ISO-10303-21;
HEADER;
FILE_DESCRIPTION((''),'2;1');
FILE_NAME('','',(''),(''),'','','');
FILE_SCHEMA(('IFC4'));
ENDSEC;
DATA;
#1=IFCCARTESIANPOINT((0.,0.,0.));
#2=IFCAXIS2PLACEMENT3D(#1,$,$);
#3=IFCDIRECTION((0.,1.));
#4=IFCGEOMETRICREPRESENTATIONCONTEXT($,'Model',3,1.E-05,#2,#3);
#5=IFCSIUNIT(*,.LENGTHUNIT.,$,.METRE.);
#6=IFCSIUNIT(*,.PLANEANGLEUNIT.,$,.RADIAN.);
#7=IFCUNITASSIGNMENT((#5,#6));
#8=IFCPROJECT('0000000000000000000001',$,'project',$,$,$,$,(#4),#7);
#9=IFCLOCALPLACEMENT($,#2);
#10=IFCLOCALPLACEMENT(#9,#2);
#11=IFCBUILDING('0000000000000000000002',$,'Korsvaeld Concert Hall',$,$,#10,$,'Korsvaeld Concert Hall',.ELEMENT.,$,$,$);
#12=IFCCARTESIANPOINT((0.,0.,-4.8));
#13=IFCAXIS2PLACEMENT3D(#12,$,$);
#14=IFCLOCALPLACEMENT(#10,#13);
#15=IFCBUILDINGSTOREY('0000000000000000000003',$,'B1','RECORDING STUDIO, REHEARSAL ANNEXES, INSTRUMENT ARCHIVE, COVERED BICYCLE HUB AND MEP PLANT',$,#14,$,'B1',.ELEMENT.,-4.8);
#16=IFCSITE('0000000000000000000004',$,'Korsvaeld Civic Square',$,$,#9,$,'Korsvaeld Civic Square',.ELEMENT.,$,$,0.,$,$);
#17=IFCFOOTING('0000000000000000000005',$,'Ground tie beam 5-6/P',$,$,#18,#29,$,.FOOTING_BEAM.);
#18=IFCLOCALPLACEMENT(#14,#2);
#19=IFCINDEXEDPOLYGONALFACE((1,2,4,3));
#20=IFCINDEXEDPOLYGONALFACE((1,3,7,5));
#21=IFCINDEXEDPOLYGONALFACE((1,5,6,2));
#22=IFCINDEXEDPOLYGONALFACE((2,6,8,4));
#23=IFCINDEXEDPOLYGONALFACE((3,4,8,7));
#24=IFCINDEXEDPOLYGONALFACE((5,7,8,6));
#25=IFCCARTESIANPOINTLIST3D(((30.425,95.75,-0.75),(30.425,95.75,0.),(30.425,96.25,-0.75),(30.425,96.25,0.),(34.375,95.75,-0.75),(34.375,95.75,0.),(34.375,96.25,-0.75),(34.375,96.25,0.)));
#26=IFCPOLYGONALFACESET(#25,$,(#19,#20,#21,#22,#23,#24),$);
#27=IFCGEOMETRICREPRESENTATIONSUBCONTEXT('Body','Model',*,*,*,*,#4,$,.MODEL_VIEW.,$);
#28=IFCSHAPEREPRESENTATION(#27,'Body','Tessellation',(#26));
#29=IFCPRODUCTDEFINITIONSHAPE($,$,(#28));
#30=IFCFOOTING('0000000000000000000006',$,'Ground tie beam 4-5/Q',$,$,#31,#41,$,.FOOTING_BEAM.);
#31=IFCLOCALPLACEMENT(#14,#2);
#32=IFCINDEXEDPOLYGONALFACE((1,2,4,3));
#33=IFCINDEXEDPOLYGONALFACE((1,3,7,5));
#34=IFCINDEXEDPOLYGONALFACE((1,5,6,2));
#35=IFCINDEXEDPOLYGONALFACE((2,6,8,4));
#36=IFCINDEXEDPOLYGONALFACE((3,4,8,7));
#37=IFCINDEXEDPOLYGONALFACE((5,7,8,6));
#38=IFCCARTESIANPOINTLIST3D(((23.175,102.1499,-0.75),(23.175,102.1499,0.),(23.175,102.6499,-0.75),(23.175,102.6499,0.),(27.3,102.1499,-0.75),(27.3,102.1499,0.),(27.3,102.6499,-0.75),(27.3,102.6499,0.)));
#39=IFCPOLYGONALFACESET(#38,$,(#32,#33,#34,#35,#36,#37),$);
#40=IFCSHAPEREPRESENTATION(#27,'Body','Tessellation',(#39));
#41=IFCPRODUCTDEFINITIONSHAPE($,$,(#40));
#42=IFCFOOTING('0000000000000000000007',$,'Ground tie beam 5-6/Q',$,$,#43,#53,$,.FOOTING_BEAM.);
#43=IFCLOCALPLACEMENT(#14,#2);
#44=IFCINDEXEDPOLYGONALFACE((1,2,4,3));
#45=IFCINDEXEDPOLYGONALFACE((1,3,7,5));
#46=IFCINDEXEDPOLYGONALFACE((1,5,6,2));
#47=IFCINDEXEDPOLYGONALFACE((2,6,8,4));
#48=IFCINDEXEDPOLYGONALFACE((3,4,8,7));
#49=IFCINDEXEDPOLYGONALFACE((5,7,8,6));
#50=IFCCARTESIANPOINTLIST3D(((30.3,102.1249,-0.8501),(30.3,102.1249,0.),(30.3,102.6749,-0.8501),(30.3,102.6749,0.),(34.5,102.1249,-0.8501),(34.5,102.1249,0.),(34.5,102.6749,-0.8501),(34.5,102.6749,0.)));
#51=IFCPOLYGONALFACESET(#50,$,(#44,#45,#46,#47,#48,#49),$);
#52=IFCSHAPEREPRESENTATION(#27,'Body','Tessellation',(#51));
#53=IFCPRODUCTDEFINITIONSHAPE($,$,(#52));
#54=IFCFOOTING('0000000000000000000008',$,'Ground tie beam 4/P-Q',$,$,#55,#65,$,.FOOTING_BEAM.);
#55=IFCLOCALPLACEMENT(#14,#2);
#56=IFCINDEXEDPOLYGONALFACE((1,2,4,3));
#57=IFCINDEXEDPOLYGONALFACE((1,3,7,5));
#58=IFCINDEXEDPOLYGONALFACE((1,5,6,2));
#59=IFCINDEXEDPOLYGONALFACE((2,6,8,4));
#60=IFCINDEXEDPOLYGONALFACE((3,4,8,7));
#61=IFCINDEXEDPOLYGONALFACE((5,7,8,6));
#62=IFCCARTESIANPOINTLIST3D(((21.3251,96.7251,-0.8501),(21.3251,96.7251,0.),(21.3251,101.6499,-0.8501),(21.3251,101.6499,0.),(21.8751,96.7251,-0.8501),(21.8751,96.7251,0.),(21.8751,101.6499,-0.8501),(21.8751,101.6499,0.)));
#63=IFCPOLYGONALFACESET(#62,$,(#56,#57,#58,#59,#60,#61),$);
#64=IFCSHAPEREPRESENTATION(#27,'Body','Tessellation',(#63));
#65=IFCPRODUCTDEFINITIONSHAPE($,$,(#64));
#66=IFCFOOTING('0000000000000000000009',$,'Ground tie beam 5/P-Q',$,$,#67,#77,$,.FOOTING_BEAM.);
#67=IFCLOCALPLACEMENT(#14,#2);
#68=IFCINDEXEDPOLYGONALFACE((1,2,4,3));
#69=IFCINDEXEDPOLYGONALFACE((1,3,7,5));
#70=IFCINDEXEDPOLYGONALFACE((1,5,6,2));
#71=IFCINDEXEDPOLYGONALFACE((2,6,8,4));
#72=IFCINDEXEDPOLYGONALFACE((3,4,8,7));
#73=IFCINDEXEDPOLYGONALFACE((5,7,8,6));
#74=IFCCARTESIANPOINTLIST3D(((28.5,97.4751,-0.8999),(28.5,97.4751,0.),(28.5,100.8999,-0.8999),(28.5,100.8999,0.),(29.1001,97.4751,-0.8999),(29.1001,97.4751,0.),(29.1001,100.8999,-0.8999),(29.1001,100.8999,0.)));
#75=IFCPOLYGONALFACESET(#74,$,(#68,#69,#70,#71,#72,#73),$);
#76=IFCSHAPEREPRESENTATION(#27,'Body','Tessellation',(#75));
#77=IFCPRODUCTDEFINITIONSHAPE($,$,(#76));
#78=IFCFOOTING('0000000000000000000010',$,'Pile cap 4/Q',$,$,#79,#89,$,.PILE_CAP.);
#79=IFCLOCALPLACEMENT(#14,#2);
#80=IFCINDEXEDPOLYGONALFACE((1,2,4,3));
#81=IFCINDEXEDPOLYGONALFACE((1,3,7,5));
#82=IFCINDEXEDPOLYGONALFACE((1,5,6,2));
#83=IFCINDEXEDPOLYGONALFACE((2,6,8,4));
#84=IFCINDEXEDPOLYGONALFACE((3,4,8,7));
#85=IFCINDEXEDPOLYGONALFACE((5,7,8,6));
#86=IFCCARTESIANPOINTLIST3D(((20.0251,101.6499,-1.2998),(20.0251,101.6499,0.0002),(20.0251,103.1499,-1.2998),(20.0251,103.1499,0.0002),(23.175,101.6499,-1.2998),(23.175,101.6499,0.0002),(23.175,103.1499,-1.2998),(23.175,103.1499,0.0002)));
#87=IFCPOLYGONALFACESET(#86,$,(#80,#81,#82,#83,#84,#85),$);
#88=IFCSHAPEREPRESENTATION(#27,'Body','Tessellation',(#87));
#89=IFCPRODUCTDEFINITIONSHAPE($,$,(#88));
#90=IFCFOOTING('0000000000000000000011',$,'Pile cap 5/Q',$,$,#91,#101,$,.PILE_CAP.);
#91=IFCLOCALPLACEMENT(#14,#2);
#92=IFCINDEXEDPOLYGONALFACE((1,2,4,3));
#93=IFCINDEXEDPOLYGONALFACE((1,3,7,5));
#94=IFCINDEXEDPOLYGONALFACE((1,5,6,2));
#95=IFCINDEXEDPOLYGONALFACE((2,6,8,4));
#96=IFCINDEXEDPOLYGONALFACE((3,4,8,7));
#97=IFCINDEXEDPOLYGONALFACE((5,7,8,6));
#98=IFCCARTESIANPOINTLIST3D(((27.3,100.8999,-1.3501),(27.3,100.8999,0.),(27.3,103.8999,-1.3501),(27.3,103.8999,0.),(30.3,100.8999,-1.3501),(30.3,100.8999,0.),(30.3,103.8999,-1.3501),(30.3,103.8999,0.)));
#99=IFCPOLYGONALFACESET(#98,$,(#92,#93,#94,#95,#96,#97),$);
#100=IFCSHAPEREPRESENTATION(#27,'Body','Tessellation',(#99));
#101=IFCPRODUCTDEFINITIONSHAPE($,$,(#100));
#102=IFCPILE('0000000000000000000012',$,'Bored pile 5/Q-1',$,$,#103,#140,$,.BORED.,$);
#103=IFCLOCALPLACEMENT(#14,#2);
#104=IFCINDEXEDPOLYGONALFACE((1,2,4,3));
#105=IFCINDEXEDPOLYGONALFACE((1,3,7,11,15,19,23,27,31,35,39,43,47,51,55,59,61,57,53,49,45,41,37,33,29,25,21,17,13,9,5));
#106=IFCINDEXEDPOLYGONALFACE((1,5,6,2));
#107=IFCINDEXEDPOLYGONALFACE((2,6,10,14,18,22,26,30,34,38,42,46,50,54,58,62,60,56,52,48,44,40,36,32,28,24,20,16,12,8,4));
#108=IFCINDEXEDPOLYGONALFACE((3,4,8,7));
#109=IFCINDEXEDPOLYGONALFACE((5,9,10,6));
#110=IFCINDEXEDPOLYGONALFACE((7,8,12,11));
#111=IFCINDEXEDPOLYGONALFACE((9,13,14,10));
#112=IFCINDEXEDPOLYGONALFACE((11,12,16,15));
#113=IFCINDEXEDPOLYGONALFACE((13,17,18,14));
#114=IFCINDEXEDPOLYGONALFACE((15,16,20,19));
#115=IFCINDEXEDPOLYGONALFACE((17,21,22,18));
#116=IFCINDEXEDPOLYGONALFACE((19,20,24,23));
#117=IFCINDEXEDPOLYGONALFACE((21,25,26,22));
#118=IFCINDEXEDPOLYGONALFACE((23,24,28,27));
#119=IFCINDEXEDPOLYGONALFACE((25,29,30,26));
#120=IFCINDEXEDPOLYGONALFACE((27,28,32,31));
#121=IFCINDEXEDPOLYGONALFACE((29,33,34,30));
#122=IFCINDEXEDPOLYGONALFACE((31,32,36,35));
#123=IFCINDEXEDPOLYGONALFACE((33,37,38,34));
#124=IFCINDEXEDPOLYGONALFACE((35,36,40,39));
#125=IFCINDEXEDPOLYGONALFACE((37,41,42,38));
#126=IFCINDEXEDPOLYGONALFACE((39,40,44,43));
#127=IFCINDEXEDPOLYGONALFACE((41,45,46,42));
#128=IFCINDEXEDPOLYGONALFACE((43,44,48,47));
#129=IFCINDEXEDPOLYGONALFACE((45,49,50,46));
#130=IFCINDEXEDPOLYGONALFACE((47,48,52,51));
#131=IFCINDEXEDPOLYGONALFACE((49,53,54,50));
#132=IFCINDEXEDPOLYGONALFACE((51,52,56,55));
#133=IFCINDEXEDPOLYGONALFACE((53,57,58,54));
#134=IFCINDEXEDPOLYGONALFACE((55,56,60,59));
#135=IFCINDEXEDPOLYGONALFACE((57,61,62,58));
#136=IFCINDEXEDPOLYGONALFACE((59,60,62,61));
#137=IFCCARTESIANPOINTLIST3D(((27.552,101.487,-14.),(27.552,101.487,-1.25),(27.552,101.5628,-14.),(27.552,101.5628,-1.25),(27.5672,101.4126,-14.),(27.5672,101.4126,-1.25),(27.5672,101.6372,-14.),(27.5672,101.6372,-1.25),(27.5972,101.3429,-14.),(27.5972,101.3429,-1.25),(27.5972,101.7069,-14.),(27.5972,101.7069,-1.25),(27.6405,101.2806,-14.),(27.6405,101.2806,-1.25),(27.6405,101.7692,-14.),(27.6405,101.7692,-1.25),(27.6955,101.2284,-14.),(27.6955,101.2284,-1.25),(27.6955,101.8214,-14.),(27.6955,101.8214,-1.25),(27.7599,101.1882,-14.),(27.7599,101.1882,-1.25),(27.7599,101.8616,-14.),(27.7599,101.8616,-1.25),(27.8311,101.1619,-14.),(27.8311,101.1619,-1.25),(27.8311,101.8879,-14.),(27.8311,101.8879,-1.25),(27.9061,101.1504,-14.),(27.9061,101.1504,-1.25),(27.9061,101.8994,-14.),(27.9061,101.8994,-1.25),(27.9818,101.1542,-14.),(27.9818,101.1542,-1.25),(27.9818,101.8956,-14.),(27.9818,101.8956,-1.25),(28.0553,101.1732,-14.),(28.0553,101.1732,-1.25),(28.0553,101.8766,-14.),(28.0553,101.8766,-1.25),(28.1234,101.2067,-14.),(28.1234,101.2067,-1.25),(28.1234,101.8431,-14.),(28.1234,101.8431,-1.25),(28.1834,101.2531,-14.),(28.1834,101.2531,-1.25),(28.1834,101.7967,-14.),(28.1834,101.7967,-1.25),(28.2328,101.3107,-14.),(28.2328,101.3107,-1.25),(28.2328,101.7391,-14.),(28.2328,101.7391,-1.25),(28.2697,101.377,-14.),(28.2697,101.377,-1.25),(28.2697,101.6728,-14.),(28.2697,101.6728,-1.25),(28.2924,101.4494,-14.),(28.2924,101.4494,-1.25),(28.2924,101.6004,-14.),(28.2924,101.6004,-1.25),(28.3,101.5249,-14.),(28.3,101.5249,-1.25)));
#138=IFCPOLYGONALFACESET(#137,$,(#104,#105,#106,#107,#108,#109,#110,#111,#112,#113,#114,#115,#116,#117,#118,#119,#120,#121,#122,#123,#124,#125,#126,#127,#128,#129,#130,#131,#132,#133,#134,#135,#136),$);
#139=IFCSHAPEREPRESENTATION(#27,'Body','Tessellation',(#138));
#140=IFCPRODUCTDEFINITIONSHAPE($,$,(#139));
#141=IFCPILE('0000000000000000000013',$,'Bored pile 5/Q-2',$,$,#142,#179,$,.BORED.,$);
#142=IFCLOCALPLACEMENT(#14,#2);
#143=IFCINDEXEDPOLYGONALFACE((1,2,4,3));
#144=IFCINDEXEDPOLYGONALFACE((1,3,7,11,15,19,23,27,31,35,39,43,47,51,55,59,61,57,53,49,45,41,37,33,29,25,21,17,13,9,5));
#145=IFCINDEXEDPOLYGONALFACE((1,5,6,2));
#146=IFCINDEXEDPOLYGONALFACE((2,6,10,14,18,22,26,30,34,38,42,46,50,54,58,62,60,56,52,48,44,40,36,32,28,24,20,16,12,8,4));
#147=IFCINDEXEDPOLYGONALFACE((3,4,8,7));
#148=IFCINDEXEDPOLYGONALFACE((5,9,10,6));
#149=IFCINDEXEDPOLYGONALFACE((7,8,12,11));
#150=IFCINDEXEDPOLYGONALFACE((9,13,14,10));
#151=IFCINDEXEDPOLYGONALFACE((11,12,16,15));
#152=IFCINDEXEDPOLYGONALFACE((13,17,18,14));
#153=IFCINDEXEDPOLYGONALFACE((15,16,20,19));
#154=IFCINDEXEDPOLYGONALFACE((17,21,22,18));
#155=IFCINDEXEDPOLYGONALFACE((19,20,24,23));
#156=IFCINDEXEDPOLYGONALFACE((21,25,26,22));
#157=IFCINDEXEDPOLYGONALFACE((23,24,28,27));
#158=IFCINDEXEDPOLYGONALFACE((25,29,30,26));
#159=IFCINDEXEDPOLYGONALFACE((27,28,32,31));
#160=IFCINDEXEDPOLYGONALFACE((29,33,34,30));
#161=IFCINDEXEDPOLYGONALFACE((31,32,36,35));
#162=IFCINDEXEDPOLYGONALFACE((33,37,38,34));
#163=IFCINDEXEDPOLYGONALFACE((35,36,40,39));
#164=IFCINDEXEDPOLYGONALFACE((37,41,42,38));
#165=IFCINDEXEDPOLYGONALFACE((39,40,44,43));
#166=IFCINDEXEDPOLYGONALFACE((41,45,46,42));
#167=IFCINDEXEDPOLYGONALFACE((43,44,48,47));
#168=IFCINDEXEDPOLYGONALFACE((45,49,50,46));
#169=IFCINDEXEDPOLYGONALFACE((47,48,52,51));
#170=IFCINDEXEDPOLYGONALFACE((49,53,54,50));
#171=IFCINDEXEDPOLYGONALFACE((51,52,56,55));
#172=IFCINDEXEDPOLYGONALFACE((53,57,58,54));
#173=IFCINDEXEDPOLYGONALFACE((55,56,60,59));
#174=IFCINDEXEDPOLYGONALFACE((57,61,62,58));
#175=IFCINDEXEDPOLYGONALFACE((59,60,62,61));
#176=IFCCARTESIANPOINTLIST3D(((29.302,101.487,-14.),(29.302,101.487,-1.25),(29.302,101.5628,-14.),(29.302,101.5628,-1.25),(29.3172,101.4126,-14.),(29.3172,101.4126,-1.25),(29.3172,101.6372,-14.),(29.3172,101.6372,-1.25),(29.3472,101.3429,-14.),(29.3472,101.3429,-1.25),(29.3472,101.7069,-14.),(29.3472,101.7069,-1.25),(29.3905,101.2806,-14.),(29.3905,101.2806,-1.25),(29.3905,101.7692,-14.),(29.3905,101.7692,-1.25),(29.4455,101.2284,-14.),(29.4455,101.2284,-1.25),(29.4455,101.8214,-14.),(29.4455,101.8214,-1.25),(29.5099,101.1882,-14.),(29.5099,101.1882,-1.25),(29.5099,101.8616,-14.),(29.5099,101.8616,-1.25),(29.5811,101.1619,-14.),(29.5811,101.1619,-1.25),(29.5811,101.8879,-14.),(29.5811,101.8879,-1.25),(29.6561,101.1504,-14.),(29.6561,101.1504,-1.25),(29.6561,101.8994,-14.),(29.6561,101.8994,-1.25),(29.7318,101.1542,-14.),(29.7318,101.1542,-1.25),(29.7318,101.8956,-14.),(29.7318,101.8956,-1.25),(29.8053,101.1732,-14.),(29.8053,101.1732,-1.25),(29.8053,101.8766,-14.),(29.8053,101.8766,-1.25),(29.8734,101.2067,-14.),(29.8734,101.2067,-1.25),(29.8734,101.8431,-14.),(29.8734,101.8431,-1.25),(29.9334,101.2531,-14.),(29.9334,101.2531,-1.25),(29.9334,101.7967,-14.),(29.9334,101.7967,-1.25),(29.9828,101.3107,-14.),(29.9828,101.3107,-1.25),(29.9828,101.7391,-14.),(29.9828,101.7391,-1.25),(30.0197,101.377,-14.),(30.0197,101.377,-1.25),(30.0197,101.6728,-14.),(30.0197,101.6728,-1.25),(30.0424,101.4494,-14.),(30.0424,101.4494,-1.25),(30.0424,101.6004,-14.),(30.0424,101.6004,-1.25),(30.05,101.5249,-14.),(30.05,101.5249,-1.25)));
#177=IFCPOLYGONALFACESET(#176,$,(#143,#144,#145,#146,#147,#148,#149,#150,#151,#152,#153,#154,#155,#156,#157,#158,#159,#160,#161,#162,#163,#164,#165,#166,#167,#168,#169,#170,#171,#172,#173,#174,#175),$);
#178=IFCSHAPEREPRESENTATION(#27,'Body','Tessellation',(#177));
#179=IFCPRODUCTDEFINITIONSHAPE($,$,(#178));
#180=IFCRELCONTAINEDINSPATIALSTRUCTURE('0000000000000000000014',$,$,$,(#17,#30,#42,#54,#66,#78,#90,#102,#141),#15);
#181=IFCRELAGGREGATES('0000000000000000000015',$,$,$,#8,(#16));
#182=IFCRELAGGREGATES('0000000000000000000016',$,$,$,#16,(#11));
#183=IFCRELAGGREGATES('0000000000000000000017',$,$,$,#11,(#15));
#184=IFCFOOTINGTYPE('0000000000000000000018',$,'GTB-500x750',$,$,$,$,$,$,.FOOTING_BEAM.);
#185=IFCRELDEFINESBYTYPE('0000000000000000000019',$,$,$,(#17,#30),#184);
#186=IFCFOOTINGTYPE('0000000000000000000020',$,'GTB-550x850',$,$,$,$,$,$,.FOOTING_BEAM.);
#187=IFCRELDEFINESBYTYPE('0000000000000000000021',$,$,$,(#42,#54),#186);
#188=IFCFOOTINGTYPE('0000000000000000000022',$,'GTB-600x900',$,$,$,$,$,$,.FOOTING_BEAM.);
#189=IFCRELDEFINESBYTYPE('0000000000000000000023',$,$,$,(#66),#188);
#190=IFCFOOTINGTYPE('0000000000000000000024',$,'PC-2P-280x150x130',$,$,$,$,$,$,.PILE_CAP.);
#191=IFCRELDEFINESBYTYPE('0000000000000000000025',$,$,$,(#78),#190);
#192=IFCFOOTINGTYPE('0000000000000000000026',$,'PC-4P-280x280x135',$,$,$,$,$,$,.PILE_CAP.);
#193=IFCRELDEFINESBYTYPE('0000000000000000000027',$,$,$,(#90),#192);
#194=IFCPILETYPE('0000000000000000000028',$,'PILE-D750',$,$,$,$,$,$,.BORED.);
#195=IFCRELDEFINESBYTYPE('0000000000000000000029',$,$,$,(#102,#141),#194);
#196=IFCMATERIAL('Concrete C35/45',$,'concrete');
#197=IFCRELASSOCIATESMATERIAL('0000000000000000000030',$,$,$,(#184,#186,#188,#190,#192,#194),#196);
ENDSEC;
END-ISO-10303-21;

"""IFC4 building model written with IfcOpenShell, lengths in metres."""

from ifc_helpers import new_model, si_unit, direction, frame, origin, origin_2d, place, context, subcontext, project, spatial, rectangle, circle, extrude, material, material_profile, profile_set, type_object, element, save


model = new_model("IFC4")

# Units and contexts
model_context = context("Model", 3, precision=1e-05, world=origin(), true_north=direction((0.0, 1.0)))
body_context = subcontext(model_context, "Body", "Model", "MODEL_VIEW")
ifc_project = project(units=[si_unit("LENGTHUNIT", "METRE"), si_unit("PLANEANGLEUNIT", "RADIAN")], contexts=[model_context])

# Site, building, storey
site_placement = place(None, origin())
site = spatial("IfcSite", under=ifc_project, at=site_placement, Name="Korsvaeld Civic Square", LongName="Korsvaeld Civic Square", CompositionType="ELEMENT", RefElevation=0.0)
building_placement = place(site_placement, origin())
building = spatial("IfcBuilding", under=site, at=building_placement, Name="Korsvaeld Concert Hall", LongName="Korsvaeld Concert Hall", CompositionType="ELEMENT")
storey_placement = place(building_placement, frame((0.0, 0.0, -4.8)))
storey = spatial("IfcBuildingStorey", under=building, at=storey_placement, Name="B1", Description="RECORDING STUDIO, REHEARSAL ANNEXES, INSTRUMENT ARCHIVE, COVERED BICYCLE HUB AND MEP PLANT", LongName="B1", CompositionType="ELEMENT", Elevation=-4.8)

# Footings
ifc_material_1 = material(Name="Concrete C35/45", Category="concrete")
ifc_material_profile_1 = material_profile(ifc_material_1, rectangle(XDim=0.5, YDim=0.75, at=origin_2d()), Name="GTB 500x750")
ifc_profile_set_1 = profile_set([ifc_material_profile_1], Name="Concrete C35/45")
footing_type_1 = type_object("IfcFootingType", Name="GTB-500x750", PredefinedType="FOOTING_BEAM", material=ifc_profile_set_1)
footing_1_placement = place(storey_placement, frame((30.425, 96.0, -0.375), z_axis=(1.0, 0.0, 0.0), x_axis=(0.0, 1.0, 0.0)))
element("IfcFooting", 1, at=footing_1_placement, inside=storey, type_object=footing_type_1, Name="Ground tie beam 5-6/P", PredefinedType="FOOTING_BEAM", context=body_context, shape_type="SweptSolid", body=[
    extrude(rectangle(XDim=0.5, YDim=0.75, at=origin_2d()), origin(), (0.0, 0.0, 1.0), 3.95),
])
footing_2_placement = place(storey_placement, frame((23.175, 102.3999, -0.375), z_axis=(1.0, 0.0, 0.0), x_axis=(0.0, 1.0, 0.0)))
element("IfcFooting", 2, at=footing_2_placement, inside=storey, type_object=footing_type_1, Name="Ground tie beam 4-5/Q", PredefinedType="FOOTING_BEAM", context=body_context, shape_type="SweptSolid", body=[
    extrude(rectangle(XDim=0.5, YDim=0.75, at=origin_2d()), origin(), (0.0, 0.0, 1.0), 4.125),
])
ifc_material_profile_2 = material_profile(ifc_material_1, rectangle(XDim=0.55, YDim=0.8501, at=origin_2d()), Name="GTB 550x850")
ifc_profile_set_2 = profile_set([ifc_material_profile_2], Name="Concrete C35/45")
footing_type_2 = type_object("IfcFootingType", Name="GTB-550x850", PredefinedType="FOOTING_BEAM", material=ifc_profile_set_2)
footing_3_placement = place(storey_placement, frame((30.3, 102.3999, -0.425), z_axis=(1.0, 0.0, 0.0), x_axis=(0.0, 1.0, 0.0)))
element("IfcFooting", 3, at=footing_3_placement, inside=storey, type_object=footing_type_2, Name="Ground tie beam 5-6/Q", PredefinedType="FOOTING_BEAM", context=body_context, shape_type="SweptSolid", body=[
    extrude(rectangle(XDim=0.55, YDim=0.8501, at=origin_2d()), origin(), (0.0, 0.0, 1.0), 4.2),
])
footing_4_placement = place(storey_placement, frame((21.6001, 96.7251, -0.425), z_axis=(0.0, 1.0, 0.0), x_axis=(-1.0, 0.0, 0.0)))
element("IfcFooting", 4, at=footing_4_placement, inside=storey, type_object=footing_type_2, Name="Ground tie beam 4/P-Q", PredefinedType="FOOTING_BEAM", context=body_context, shape_type="SweptSolid", body=[
    extrude(rectangle(XDim=0.55, YDim=0.8501, at=origin_2d()), origin(), (0.0, 0.0, 1.0), 4.9248),
])
ifc_material_profile_3 = material_profile(ifc_material_1, rectangle(XDim=0.6001, YDim=0.8999, at=origin_2d()), Name="GTB 600x900")
ifc_profile_set_3 = profile_set([ifc_material_profile_3], Name="Concrete C35/45")
footing_type_3 = type_object("IfcFootingType", Name="GTB-600x900", PredefinedType="FOOTING_BEAM", material=ifc_profile_set_3)
footing_5_placement = place(storey_placement, frame((28.8, 97.4751, -0.45), z_axis=(0.0, 1.0, 0.0), x_axis=(-1.0, 0.0, 0.0)))
element("IfcFooting", 5, at=footing_5_placement, inside=storey, type_object=footing_type_3, Name="Ground tie beam 5/P-Q", PredefinedType="FOOTING_BEAM", context=body_context, shape_type="SweptSolid", body=[
    extrude(rectangle(XDim=0.6001, YDim=0.8999, at=origin_2d()), origin(), (0.0, 0.0, 1.0), 3.4248),
])
footing_type_4 = type_object("IfcFootingType", Name="PC-2P-280x150x130", PredefinedType="PILE_CAP", material=ifc_material_1)
footing_6_placement = place(storey_placement, frame((21.6001, 102.3999, -1.2998), z_axis=(0.0, 0.0, 1.0), x_axis=(1.0, 0.0, 0.0)))
element("IfcFooting", 6, at=footing_6_placement, inside=storey, type_object=footing_type_4, Name="Pile cap 4/Q", PredefinedType="PILE_CAP", context=body_context, shape_type="SweptSolid", body=[
    extrude(rectangle(XDim=3.1499, YDim=1.5, at=origin_2d()), origin(), (0.0, 0.0, 1.0), 1.3),
])
footing_type_5 = type_object("IfcFootingType", Name="PC-4P-280x280x135", PredefinedType="PILE_CAP", material=ifc_material_1)
footing_7_placement = place(storey_placement, frame((28.8, 102.3999, -1.3501), z_axis=(0.0, 0.0, 1.0), x_axis=(1.0, 0.0, 0.0)))
element("IfcFooting", 7, at=footing_7_placement, inside=storey, type_object=footing_type_5, Name="Pile cap 5/Q", PredefinedType="PILE_CAP", context=body_context, shape_type="SweptSolid", body=[
    extrude(rectangle(XDim=3.0, YDim=3.0, at=origin_2d()), origin(), (0.0, 0.0, 1.0), 1.3501),
])

# Piles
ifc_material_profile_4 = material_profile(ifc_material_1, circle(Radius=0.375, at=origin_2d()), Name="BORED PILE D750")
ifc_profile_set_4 = profile_set([ifc_material_profile_4], Name="Concrete C35/45")
pile_type_1 = type_object("IfcPileType", Name="PILE-D750", PredefinedType="BORED", material=ifc_profile_set_4)
for number, where, z_axis, x_axis, name in (
    (8, (27.925, 101.5249, -1.25), (0.0, 0.0, -1.0), (1.0, 0.0, 0.0), "Bored pile 5/Q-1"),
    (9, (29.675, 101.5249, -1.25), (0.0, 0.0, -1.0), (1.0, 0.0, 0.0), "Bored pile 5/Q-2"),
):
    element("IfcPile", number, at=place(storey_placement, frame(where, z_axis=z_axis, x_axis=x_axis)), inside=storey, type_object=pile_type_1, Name=name, PredefinedType="BORED", context=body_context, shape_type="SweptSolid", body=[
        extrude(circle(Radius=0.375, at=origin_2d()), origin(), (0.0, 0.0, 1.0), 12.75),
    ])

save(model, "model.ifc")
